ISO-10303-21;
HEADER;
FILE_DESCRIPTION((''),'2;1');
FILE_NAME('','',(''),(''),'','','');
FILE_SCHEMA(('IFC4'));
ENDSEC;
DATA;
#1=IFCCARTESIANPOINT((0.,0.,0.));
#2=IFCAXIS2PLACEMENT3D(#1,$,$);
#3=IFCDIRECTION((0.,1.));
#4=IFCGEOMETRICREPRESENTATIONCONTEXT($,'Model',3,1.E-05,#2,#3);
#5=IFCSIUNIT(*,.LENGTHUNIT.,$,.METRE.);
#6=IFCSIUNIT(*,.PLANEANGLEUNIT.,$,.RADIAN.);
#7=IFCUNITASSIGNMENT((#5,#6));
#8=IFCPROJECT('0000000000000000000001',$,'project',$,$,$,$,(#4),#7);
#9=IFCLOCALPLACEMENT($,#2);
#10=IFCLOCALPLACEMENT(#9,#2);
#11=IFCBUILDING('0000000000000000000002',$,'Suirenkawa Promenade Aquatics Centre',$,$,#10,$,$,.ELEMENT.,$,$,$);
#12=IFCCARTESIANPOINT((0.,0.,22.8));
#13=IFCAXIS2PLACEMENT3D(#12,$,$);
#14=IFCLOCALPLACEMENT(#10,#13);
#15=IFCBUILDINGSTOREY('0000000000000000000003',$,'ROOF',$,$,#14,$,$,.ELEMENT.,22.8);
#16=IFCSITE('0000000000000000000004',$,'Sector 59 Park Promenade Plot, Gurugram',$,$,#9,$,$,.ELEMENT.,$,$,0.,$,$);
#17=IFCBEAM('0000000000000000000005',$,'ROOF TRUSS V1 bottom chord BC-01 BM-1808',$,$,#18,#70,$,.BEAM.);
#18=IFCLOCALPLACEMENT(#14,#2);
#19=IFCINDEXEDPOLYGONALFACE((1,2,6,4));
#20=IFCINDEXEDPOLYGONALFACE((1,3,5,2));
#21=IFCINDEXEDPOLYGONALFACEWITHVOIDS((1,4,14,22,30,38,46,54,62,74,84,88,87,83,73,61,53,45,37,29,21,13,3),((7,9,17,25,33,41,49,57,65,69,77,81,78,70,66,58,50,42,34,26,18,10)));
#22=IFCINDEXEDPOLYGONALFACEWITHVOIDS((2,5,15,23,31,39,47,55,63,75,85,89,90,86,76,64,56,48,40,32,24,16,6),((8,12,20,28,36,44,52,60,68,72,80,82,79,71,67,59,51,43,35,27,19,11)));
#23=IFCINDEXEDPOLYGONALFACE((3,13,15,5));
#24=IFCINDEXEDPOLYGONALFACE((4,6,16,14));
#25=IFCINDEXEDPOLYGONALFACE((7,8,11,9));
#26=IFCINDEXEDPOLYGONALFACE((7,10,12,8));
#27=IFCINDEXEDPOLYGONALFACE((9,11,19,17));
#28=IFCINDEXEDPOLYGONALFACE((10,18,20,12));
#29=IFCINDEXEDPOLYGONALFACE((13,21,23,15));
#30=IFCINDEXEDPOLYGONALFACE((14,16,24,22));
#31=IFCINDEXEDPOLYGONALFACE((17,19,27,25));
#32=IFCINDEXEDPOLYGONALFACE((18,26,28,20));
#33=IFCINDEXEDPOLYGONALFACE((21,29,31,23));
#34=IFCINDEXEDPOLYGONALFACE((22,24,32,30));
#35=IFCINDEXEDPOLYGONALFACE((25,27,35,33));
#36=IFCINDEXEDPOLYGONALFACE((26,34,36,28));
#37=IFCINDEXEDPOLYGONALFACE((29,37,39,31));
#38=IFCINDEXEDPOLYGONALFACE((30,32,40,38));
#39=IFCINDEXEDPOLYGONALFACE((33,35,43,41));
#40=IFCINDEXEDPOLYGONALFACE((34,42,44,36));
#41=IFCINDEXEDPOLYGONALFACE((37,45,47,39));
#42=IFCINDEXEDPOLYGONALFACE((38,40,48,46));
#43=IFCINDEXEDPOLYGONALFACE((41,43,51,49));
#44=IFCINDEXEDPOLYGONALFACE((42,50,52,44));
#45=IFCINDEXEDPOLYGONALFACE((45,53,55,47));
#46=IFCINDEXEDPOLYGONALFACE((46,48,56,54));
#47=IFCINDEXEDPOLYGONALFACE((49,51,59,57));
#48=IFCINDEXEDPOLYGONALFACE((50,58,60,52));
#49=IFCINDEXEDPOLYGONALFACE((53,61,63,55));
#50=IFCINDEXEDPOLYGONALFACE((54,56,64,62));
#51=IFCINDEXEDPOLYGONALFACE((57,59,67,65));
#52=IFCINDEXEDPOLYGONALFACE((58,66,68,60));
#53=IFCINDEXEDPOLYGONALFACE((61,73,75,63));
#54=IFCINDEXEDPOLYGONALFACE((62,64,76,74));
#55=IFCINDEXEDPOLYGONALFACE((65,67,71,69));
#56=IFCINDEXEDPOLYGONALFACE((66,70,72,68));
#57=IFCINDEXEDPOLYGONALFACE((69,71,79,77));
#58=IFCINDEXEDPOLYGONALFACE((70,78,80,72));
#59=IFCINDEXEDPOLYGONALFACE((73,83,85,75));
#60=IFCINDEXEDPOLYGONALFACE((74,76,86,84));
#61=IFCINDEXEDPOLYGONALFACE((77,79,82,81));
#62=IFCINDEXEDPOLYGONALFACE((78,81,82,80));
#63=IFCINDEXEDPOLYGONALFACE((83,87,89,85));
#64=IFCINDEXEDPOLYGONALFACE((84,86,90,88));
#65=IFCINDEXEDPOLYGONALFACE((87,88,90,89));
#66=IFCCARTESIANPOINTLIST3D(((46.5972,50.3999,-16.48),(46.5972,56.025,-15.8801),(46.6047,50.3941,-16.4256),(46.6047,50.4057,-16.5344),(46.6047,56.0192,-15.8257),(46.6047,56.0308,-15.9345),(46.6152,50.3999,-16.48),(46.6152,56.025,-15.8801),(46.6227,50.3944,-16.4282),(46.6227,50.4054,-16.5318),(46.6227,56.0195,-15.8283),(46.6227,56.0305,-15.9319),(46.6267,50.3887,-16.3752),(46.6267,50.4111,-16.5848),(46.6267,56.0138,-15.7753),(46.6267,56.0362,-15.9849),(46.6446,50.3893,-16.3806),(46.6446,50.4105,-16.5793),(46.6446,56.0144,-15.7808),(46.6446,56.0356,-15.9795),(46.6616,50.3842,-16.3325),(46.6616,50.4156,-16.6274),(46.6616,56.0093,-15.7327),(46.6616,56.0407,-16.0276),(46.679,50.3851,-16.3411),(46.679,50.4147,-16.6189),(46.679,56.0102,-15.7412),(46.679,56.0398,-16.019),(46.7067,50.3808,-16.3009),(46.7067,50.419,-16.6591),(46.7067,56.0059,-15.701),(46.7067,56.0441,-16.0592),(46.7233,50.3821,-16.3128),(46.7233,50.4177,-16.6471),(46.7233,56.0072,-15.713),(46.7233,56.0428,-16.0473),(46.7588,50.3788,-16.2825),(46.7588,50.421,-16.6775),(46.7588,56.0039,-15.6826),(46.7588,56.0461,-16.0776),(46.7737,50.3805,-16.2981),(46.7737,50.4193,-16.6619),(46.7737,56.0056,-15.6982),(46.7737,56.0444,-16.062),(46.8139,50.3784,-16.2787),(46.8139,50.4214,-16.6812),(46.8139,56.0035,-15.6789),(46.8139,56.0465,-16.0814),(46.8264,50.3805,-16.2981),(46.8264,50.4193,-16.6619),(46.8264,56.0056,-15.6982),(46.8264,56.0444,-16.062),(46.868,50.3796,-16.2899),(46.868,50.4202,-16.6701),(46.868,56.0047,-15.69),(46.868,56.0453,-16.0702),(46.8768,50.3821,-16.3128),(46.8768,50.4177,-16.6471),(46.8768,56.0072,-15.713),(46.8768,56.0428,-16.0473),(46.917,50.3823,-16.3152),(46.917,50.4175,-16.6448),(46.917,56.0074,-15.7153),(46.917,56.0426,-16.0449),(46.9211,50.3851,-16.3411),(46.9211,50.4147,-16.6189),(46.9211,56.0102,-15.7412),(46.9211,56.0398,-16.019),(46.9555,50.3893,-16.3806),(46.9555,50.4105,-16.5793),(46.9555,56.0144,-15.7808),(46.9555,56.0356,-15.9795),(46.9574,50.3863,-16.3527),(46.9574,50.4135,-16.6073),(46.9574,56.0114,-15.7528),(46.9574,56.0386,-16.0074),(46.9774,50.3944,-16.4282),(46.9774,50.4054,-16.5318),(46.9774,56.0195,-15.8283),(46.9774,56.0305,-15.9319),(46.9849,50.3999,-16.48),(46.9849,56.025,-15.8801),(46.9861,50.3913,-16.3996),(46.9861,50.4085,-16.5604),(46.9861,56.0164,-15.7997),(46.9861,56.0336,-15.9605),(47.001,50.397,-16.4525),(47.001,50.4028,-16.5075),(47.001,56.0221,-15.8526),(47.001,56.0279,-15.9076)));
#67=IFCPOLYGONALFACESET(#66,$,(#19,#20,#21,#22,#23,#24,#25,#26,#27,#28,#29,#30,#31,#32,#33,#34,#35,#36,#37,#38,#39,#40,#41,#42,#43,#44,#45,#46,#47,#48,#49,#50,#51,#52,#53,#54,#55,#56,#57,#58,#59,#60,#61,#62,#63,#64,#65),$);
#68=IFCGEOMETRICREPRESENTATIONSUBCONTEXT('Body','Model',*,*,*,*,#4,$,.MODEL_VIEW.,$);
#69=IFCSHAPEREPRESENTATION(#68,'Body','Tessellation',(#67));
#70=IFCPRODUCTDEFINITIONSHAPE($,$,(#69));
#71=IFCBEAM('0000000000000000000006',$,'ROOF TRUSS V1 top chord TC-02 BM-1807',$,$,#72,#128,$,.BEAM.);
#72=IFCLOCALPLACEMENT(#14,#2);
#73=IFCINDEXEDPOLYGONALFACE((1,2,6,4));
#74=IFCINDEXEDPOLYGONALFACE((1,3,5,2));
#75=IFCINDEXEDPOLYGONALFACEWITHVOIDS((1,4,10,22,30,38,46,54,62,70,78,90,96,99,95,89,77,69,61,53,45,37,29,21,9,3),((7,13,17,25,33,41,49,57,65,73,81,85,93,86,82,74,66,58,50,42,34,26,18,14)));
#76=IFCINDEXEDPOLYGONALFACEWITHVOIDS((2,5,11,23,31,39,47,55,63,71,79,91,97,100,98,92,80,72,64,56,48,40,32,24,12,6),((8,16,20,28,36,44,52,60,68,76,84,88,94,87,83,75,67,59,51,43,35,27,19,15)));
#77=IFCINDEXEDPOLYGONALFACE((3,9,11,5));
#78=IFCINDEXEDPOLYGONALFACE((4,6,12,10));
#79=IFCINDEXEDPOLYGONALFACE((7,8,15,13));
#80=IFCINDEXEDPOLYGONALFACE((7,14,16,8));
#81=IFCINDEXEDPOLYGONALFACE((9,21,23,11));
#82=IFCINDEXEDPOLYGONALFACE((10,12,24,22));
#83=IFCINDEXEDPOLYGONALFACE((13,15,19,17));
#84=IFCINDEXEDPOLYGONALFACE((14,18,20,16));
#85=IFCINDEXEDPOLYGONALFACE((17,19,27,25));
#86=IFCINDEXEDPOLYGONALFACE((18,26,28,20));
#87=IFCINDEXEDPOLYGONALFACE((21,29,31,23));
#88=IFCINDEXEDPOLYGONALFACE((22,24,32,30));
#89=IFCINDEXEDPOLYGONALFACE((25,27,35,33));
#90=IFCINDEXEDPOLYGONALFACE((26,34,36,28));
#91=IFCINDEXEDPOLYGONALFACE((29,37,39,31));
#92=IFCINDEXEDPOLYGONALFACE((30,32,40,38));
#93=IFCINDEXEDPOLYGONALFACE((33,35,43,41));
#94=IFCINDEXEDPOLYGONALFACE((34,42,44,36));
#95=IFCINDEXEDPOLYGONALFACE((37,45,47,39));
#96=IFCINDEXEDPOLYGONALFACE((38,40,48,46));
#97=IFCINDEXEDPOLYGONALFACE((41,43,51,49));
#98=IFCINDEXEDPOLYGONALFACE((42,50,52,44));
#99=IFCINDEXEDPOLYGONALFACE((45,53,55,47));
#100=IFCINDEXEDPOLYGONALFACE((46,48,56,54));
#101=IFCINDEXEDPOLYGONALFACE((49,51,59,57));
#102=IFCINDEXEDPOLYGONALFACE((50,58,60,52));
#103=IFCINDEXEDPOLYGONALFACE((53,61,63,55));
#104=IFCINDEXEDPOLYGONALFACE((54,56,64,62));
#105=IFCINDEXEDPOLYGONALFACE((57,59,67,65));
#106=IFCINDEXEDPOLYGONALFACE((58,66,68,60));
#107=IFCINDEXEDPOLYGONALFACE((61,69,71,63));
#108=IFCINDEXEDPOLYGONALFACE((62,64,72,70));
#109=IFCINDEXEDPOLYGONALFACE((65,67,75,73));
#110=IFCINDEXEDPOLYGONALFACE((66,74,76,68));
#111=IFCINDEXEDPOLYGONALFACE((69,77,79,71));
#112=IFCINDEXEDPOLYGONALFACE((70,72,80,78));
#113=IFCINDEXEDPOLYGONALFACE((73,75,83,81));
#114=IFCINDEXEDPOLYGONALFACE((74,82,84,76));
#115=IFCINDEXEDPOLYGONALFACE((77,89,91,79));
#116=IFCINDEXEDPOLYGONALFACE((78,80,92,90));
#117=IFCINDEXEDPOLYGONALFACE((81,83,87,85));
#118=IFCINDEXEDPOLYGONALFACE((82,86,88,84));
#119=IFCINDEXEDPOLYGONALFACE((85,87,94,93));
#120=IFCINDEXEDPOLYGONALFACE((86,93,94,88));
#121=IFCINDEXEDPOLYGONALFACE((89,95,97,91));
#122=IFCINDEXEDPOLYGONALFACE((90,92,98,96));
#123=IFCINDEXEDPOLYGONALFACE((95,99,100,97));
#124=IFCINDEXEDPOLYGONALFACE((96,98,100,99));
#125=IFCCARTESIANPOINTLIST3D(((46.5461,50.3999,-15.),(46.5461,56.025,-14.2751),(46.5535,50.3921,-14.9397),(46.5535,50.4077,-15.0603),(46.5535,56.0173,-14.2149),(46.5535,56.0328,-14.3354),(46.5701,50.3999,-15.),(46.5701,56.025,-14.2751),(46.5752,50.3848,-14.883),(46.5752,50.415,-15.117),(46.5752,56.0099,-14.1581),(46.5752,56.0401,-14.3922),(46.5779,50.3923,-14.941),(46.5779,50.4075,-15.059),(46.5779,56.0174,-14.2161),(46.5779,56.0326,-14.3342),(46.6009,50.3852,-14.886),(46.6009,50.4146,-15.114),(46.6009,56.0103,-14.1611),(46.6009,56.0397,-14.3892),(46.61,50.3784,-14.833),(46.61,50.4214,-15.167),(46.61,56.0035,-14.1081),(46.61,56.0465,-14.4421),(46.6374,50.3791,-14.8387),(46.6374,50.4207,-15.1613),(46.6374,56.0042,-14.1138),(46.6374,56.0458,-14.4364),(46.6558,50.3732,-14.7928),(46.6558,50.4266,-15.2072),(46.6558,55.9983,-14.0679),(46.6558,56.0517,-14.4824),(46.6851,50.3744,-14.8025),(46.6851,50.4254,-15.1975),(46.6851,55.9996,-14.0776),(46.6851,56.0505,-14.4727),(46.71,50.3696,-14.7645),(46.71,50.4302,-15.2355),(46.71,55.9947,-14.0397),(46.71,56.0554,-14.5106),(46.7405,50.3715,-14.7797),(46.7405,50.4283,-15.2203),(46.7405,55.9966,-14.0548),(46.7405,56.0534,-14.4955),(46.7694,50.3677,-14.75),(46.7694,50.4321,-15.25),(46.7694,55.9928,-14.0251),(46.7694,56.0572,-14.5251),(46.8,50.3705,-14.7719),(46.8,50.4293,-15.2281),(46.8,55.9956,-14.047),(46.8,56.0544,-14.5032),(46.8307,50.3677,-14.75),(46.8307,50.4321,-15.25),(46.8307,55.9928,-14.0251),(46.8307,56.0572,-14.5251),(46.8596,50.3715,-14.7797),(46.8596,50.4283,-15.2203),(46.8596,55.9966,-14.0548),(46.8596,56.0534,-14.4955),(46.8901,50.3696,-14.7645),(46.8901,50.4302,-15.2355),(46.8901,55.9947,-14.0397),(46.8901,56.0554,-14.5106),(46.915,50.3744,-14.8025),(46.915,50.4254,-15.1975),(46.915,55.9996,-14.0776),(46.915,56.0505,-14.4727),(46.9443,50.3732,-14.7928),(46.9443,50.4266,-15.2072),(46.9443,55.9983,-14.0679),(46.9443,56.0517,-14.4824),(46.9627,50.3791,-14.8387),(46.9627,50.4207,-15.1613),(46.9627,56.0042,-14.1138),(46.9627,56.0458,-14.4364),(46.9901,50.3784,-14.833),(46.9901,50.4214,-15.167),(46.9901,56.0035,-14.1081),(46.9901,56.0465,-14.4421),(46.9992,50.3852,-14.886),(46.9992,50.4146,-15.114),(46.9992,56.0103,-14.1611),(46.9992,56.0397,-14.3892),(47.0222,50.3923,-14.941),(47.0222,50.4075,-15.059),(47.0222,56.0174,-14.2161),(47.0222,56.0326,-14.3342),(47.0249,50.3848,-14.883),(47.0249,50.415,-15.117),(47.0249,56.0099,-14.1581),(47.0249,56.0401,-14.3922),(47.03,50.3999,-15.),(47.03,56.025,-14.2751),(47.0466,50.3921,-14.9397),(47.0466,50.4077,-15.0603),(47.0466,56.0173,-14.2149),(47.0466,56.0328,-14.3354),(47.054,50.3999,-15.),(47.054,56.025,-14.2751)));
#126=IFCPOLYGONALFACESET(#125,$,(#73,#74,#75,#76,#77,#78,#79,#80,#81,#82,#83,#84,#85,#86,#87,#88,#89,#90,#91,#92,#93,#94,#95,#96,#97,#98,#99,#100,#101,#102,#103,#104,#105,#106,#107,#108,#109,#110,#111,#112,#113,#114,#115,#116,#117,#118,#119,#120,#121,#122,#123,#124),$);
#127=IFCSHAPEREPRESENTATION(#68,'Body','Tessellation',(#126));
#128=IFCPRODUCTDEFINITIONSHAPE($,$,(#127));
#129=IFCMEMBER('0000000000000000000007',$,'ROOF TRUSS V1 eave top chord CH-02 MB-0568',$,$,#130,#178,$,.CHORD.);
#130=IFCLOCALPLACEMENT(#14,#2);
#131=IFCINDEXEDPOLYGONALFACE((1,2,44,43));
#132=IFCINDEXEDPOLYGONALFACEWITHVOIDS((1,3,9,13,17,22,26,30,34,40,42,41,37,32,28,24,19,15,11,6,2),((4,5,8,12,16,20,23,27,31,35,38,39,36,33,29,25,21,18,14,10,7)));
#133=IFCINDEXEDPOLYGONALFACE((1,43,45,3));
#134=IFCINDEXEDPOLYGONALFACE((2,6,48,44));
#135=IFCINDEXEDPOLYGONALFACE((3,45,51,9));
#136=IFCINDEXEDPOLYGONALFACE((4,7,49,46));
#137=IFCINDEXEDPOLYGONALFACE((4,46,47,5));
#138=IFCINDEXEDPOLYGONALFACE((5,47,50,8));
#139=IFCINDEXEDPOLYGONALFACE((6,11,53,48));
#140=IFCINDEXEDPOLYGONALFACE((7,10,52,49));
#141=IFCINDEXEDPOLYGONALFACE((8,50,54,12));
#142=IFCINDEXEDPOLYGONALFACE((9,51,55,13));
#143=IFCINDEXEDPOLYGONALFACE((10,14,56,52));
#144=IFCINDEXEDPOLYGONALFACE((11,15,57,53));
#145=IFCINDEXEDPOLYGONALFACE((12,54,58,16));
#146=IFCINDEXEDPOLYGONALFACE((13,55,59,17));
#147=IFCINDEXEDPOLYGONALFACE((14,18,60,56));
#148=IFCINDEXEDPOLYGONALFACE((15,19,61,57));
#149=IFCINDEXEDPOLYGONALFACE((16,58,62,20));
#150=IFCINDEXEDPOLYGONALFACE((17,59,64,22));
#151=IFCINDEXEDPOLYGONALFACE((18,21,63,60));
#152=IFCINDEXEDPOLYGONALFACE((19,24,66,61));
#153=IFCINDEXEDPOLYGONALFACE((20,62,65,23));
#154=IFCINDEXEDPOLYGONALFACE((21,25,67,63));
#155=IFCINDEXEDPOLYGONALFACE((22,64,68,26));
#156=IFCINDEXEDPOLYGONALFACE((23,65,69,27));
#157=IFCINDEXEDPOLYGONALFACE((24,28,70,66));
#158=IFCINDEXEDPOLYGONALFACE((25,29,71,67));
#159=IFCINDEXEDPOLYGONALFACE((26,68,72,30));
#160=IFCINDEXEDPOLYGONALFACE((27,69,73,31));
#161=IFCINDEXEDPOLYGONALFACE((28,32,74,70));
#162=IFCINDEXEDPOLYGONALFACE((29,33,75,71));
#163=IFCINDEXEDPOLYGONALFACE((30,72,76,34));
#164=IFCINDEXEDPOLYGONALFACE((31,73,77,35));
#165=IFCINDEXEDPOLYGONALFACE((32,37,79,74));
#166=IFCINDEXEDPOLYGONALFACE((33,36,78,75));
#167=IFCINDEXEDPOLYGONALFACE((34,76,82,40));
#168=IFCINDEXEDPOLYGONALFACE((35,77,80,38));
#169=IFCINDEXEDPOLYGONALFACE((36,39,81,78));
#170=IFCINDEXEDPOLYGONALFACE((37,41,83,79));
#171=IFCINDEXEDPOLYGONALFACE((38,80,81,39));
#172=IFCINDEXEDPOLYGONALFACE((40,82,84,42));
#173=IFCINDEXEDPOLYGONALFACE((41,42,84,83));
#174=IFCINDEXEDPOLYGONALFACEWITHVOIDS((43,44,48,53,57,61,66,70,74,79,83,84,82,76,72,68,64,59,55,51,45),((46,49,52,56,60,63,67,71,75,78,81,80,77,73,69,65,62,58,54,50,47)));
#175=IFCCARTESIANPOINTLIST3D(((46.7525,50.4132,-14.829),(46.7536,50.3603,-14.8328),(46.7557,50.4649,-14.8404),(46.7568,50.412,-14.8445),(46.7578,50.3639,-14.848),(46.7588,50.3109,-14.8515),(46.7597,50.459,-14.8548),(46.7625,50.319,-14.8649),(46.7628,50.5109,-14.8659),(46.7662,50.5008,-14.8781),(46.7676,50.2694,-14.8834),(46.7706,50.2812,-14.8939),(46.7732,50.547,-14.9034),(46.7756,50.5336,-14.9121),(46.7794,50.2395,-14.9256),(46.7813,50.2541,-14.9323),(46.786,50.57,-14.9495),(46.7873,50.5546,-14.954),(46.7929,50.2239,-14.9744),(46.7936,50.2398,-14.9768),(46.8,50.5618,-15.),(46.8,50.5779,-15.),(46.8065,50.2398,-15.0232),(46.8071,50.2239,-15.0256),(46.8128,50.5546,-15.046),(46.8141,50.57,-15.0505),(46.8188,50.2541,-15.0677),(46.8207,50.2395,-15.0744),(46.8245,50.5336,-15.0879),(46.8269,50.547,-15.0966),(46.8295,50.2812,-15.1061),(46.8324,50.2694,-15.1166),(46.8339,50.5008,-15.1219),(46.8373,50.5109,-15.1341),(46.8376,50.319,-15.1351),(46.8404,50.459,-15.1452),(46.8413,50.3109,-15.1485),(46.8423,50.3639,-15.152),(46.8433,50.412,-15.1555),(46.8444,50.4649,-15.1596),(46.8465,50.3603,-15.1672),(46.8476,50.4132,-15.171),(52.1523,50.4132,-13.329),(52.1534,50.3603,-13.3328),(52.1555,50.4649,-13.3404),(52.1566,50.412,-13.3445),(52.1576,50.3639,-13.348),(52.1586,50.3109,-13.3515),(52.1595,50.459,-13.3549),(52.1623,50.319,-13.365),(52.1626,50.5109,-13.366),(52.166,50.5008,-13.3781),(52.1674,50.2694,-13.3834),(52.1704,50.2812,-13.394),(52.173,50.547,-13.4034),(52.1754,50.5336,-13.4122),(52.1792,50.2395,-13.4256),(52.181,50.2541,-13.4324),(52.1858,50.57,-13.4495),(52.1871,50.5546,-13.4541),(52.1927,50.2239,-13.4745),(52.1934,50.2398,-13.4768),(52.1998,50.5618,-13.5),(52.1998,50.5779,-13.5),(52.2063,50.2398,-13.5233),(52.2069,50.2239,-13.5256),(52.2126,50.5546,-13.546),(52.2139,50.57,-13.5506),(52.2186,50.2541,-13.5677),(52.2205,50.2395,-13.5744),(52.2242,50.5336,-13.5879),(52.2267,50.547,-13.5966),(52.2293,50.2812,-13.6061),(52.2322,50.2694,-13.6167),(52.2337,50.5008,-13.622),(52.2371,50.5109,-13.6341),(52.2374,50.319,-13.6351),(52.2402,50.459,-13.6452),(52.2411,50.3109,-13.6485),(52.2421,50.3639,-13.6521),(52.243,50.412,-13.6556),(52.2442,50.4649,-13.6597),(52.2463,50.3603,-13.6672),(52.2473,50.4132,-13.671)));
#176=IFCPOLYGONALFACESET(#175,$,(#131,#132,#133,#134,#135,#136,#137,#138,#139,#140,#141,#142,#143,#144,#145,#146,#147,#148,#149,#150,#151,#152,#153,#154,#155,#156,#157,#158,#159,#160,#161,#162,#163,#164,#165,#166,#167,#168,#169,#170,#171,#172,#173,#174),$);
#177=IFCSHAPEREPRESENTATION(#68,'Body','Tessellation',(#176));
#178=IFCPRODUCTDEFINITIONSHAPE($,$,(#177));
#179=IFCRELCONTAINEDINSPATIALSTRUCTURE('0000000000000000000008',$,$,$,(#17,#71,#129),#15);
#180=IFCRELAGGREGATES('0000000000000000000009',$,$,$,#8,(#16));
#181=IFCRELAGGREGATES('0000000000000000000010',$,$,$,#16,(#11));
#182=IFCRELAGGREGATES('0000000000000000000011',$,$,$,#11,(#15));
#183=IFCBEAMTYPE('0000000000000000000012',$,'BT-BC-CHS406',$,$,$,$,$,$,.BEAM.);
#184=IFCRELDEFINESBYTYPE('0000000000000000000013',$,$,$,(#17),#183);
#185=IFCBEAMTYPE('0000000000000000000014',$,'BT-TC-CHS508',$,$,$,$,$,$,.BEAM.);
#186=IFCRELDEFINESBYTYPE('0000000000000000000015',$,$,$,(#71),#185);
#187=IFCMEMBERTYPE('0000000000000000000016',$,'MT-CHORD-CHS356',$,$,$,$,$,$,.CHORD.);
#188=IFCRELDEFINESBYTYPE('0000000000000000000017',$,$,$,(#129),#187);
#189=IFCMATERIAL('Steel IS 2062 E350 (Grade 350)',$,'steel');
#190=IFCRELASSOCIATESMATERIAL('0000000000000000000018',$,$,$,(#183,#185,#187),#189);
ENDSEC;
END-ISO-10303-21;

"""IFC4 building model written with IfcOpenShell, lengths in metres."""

from ifc_helpers import new_model, si_unit, direction, frame, origin, origin_2d, place, context, subcontext, project, spatial, hollow_circle, extrude, material, material_profile, profile_set, type_object, element, save


model = new_model("IFC4")

# Units and contexts
model_context = context("Model", 3, precision=1e-05, world=origin(), true_north=direction((0.0, 1.0)))
body_context = subcontext(model_context, "Body", "Model", "MODEL_VIEW")
ifc_project = project(units=[si_unit("LENGTHUNIT", "METRE"), si_unit("PLANEANGLEUNIT", "RADIAN")], contexts=[model_context])

# Site, building, storey
site_placement = place(None, origin())
site = spatial("IfcSite", under=ifc_project, at=site_placement, Name="Sector 59 Park Promenade Plot, Gurugram", CompositionType="ELEMENT", RefElevation=0.0)
building_placement = place(site_placement, origin())
building = spatial("IfcBuilding", under=site, at=building_placement, Name="Suirenkawa Promenade Aquatics Centre", CompositionType="ELEMENT")
storey_placement = place(building_placement, frame((0.0, 0.0, 22.8)))
storey = spatial("IfcBuildingStorey", under=building, at=storey_placement, Name="ROOF", CompositionType="ELEMENT", Elevation=22.8)

# Beams
ifc_material_1 = material(Name="Steel IS 2062 E350 (Grade 350)", Category="steel")
ifc_material_profile_1 = material_profile(ifc_material_1, hollow_circle(Radius=0.2029, WallThickness=0.0181, at=origin_2d()), Name="CHS 406x18", Category="steel")
ifc_profile_set_1 = profile_set([ifc_material_profile_1], Name="Steel IS 2062 E350 (Grade 350)")
beam_type_1 = type_object("IfcBeamType", Name="BT-BC-CHS406", PredefinedType="BEAM", material=ifc_profile_set_1)
beam_1_placement = place(storey_placement, frame((46.8, 50.3999, -16.48), z_axis=(0.0, 0.994362, 0.106039), x_axis=(-1.0, 0.0, 0.0)))
element("IfcBeam", 1, at=beam_1_placement, inside=storey, type_object=beam_type_1, Name="ROOF TRUSS V1 bottom chord BC-01 BM-1808", PredefinedType="BEAM", context=body_context, shape_type="SweptSolid", body=[
    extrude(hollow_circle(Radius=0.2029, WallThickness=0.0181, at=origin_2d()), origin(), (0.0, 0.0, 1.0), 5.657),
])
ifc_material_profile_2 = material_profile(ifc_material_1, hollow_circle(Radius=0.2539, WallThickness=0.0239, at=origin_2d()), Name="CHS 508x24", Category="steel")
ifc_profile_set_2 = profile_set([ifc_material_profile_2], Name="Steel IS 2062 E350 (Grade 350)")
beam_type_2 = type_object("IfcBeamType", Name="BT-TC-CHS508", PredefinedType="BEAM", material=ifc_profile_set_2)
beam_2_placement = place(storey_placement, frame((46.8, 50.3999, -15.0), z_axis=(0.0, 0.991799, 0.127806), x_axis=(-1.0, 0.0, 0.0)))
element("IfcBeam", 2, at=beam_2_placement, inside=storey, type_object=beam_type_2, Name="ROOF TRUSS V1 top chord TC-02 BM-1807", PredefinedType="BEAM", context=body_context, shape_type="SweptSolid", body=[
    extrude(hollow_circle(Radius=0.2539, WallThickness=0.0239, at=origin_2d()), origin(), (0.0, 0.0, 1.0), 5.6716),
])

# Member
ifc_material_profile_3 = material_profile(ifc_material_1, hollow_circle(Radius=0.178, WallThickness=0.0161, at=origin_2d()), Name="CHS 356x16", Category="steel")
ifc_profile_set_3 = profile_set([ifc_material_profile_3], Name="Steel IS 2062 E350 (Grade 350)")
member_type_1 = type_object("IfcMemberType", Name="MT-CHORD-CHS356", PredefinedType="CHORD", material=ifc_profile_set_3)
member_1_placement = place(storey_placement, frame((46.8, 50.3999, -15.0), z_axis=(0.963517, 0.0, 0.267648), x_axis=(0.0, 1.0, 0.0)))
element("IfcMember", 3, at=member_1_placement, inside=storey, type_object=member_type_1, Name="ROOF TRUSS V1 eave top chord CH-02 MB-0568", PredefinedType="CHORD", context=body_context, shape_type="SweptSolid", body=[
    extrude(hollow_circle(Radius=0.178, WallThickness=0.0161, at=origin_2d()), origin(), (0.0, 0.0, 1.0), 5.6042),
])

save(model, "model.ifc")
